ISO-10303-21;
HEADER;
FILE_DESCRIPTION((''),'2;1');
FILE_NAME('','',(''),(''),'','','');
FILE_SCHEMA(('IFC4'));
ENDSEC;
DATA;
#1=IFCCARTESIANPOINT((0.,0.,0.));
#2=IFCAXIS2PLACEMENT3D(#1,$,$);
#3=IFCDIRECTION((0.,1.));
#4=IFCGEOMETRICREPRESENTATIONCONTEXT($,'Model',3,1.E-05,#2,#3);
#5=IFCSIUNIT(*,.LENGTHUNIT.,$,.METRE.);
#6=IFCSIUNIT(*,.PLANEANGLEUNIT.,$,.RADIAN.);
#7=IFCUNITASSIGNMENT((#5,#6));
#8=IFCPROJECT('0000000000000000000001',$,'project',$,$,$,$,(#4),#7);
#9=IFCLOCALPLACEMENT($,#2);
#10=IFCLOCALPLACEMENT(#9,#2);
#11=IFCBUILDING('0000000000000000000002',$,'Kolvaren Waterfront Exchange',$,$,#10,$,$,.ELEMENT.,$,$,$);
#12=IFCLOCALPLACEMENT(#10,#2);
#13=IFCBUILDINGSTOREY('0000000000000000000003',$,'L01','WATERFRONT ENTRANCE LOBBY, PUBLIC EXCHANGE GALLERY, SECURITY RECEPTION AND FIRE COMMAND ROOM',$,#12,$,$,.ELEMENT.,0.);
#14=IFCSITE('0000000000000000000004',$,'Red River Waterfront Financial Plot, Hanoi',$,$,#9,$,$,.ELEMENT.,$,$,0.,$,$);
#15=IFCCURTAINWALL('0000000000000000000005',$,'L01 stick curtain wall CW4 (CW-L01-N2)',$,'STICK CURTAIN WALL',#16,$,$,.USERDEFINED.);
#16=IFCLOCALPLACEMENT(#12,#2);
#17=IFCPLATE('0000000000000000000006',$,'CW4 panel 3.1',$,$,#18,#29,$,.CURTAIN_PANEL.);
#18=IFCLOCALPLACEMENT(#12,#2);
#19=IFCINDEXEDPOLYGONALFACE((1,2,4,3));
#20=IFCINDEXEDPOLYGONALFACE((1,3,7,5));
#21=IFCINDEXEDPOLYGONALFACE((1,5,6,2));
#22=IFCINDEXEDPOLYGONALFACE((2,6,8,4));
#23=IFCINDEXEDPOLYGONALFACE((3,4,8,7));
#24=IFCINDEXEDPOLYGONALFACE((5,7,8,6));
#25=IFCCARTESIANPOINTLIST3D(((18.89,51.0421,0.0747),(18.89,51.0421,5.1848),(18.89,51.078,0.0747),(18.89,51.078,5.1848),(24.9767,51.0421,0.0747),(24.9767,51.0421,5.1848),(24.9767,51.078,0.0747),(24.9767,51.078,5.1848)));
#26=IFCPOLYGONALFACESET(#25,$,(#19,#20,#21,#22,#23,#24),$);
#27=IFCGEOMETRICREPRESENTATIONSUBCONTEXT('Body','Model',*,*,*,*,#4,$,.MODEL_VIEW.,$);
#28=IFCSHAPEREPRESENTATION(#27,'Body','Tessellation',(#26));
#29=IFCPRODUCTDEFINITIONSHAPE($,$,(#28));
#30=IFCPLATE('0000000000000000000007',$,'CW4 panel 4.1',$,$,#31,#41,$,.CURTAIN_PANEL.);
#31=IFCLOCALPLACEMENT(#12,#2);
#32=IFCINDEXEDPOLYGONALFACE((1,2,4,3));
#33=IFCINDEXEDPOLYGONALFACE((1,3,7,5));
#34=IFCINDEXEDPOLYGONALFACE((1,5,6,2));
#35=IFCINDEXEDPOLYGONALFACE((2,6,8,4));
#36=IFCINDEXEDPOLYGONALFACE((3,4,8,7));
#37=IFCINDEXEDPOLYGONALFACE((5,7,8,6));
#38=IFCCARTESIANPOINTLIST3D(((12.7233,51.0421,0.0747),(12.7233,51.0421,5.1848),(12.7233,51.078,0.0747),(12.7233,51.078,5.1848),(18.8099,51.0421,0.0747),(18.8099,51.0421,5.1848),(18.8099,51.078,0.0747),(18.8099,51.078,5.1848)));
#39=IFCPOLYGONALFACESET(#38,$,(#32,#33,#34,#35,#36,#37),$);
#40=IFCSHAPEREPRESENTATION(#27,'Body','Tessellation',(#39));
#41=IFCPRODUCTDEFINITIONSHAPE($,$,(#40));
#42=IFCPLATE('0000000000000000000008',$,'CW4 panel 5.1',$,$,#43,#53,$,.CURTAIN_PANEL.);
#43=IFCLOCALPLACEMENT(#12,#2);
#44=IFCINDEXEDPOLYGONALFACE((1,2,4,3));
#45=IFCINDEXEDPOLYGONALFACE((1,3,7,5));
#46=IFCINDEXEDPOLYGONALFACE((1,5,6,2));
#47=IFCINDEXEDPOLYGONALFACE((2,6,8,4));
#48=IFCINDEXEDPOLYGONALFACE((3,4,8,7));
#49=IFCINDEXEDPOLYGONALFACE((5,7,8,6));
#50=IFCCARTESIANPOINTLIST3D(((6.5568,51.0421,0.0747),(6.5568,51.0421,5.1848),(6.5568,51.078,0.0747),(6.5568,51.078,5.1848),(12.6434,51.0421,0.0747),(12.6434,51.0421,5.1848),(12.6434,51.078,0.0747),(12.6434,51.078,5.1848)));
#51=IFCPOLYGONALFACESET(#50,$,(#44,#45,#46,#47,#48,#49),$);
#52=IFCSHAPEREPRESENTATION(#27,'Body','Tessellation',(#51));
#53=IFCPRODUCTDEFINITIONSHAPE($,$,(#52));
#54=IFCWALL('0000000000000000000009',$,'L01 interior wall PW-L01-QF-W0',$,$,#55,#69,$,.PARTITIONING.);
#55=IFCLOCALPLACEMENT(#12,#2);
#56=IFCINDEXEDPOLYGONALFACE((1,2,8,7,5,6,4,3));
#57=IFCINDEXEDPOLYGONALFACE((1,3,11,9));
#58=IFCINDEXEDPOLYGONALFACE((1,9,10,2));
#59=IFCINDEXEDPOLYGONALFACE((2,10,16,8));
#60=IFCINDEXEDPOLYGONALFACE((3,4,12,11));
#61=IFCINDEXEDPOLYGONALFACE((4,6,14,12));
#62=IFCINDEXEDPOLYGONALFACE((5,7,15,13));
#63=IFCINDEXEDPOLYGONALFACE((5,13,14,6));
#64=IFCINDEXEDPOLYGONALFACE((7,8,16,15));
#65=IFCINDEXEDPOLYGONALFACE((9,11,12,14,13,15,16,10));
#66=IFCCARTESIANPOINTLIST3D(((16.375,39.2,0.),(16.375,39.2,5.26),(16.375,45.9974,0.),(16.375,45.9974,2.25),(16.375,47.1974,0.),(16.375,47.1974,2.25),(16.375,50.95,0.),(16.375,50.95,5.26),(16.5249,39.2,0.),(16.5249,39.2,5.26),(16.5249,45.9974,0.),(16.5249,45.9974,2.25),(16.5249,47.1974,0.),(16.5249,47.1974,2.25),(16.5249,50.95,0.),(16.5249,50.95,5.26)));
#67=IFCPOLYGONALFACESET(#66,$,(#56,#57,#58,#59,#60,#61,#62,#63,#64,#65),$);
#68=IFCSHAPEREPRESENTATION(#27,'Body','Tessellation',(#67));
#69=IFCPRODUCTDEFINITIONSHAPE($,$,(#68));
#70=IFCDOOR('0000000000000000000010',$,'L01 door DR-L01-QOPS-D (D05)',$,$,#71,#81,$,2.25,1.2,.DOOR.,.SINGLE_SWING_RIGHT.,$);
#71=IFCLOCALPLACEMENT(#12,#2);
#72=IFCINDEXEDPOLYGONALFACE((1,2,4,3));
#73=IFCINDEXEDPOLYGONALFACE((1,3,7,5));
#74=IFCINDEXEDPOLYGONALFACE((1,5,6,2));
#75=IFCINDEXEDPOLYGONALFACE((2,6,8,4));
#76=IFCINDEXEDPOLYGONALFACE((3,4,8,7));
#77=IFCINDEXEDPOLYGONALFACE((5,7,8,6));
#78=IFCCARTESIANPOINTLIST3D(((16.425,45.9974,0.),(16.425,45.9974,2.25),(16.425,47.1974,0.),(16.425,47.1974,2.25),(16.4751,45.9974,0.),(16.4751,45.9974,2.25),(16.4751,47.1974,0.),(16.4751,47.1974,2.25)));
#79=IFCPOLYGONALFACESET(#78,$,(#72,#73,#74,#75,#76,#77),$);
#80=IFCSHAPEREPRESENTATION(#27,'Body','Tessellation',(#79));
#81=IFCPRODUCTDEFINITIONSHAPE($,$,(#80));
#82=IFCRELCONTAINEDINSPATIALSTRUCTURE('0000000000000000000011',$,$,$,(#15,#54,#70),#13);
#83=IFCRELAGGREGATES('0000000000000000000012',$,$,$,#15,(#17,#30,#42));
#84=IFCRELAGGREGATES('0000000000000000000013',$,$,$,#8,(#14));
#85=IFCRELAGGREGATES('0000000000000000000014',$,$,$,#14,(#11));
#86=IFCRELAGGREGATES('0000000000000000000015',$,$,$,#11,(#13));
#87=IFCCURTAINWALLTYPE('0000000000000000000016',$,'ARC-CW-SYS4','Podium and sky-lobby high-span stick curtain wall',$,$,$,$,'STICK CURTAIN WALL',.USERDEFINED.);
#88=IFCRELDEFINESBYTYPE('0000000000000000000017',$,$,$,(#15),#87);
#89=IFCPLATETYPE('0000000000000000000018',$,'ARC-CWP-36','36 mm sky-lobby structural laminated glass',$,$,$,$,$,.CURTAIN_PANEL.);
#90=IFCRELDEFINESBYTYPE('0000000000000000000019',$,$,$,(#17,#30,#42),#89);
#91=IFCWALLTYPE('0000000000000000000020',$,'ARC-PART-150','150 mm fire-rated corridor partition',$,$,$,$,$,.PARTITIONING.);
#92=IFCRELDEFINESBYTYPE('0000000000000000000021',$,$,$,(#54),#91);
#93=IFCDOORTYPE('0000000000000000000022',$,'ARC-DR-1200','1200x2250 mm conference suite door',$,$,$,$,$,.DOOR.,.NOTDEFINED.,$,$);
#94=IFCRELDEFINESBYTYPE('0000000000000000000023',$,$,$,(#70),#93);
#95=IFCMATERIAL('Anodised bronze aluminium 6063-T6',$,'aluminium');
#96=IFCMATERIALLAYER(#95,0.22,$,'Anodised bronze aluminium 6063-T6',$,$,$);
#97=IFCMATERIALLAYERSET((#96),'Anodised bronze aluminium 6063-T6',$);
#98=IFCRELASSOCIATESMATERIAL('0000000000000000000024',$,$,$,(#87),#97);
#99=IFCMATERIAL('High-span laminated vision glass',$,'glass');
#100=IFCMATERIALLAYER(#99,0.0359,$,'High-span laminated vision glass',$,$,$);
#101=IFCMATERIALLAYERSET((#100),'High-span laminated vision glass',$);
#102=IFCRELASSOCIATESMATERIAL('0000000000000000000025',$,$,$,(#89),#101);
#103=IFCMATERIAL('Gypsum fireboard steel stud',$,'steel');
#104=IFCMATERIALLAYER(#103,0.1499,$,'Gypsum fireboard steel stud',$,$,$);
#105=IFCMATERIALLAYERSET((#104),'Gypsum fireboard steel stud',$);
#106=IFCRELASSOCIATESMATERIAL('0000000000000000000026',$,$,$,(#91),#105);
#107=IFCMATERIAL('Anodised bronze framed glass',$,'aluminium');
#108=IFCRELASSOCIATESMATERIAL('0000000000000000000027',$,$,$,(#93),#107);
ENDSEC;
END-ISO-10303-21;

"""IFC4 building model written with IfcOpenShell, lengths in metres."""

from ifc_helpers import new_model, si_unit, direction, frame, frame_2d, origin, origin_with_axes, origin_2d, place, context, subcontext, project, spatial, rectangle, extrude, source, transform, mapped, material, layer, layer_set, type_object, element, fill, aggregate, save


model = new_model("IFC4")

# Units and contexts
model_context = context("Model", 3, precision=1e-05, world=origin(), true_north=direction((0.0, 1.0)))
body_context = subcontext(model_context, "Body", "Model", "MODEL_VIEW")
ifc_project = project(units=[si_unit("LENGTHUNIT", "METRE"), si_unit("PLANEANGLEUNIT", "RADIAN")], contexts=[model_context])

# Site, building, storey
site_placement = place(None, origin())
site = spatial("IfcSite", under=ifc_project, at=site_placement, Name="Red River Waterfront Financial Plot, Hanoi", CompositionType="ELEMENT", RefElevation=0.0)
building_placement = place(site_placement, origin())
building = spatial("IfcBuilding", under=site, at=building_placement, Name="Kolvaren Waterfront Exchange", CompositionType="ELEMENT")
storey_placement = place(building_placement, origin())
storey = spatial("IfcBuildingStorey", under=building, at=storey_placement, Name="L01", Description="WATERFRONT ENTRANCE LOBBY, PUBLIC EXCHANGE GALLERY, SECURITY RECEPTION AND FIRE COMMAND ROOM", CompositionType="ELEMENT", Elevation=0.0)

# Curtain wall, plates
ifc_material_1 = material(Name="Anodised bronze aluminium 6063-T6", Category="aluminium")
ifc_layer_1 = layer(ifc_material_1, 0.22, Name="Anodised bronze aluminium 6063-T6")
ifc_layer_set_1 = layer_set([ifc_layer_1], Name="Anodised bronze aluminium 6063-T6")
curtain_wall_type = type_object("IfcCurtainWallType", Name="ARC-CW-SYS4", Description="Podium and sky-lobby high-span stick curtain wall", ElementType="STICK CURTAIN WALL", PredefinedType="USERDEFINED", material=ifc_layer_set_1)
curtain_wall_placement = place(storey_placement, origin())
curtain_wall = element("IfcCurtainWall", 1, at=curtain_wall_placement, inside=storey, type_object=curtain_wall_type, Name="L01 stick curtain wall CW4 (CW-L01-N2)", ObjectType="STICK CURTAIN WALL", PredefinedType="USERDEFINED")
ifc_material_2 = material(Name="High-span laminated vision glass", Category="glass")
ifc_layer_2 = layer(ifc_material_2, 0.0359, Name="High-span laminated vision glass")
ifc_layer_set_2 = layer_set([ifc_layer_2], Name="High-span laminated vision glass")
plate_type = type_object("IfcPlateType", Name="ARC-CWP-36", Description="36 mm sky-lobby structural laminated glass", PredefinedType="CURTAIN_PANEL", material=ifc_layer_set_2)
shared_shape_1 = source(origin_with_axes(), body_context, "Body", "SweptSolid", [
    extrude(rectangle(XDim=6.0867, YDim=0.0359, at=origin_2d()), origin(), (0.0, 0.0, 1.0), 5.1101),
])
plate_1_placement = place(storey_placement, frame((21.9333, 51.0601, 0.0747), z_axis=(0.0, 0.0, 1.0), x_axis=(-1.0, 0.0, 0.0)))
plate_1 = element("IfcPlate", 2, at=plate_1_placement, type_object=plate_type, Name="CW4 panel 3.1", PredefinedType="CURTAIN_PANEL", context=body_context, shape_type="MappedRepresentation", body=[
    mapped(shared_shape_1, transform((0.0, 0.0, 0.0), x_axis=(1.0, 0.0, 0.0), y_axis=(0.0, 1.0, 0.0), z_axis=(0.0, 0.0, 1.0), scale=1.0)),
])
plate_2_placement = place(storey_placement, frame((15.7666, 51.0601, 0.0747), z_axis=(0.0, 0.0, 1.0), x_axis=(-1.0, 0.0, 0.0)))
plate_2 = element("IfcPlate", 3, at=plate_2_placement, type_object=plate_type, Name="CW4 panel 4.1", PredefinedType="CURTAIN_PANEL", context=body_context, shape_type="MappedRepresentation", body=[
    mapped(shared_shape_1, transform((0.0, 0.0, 0.0), x_axis=(1.0, 0.0, 0.0), y_axis=(0.0, 1.0, 0.0), z_axis=(0.0, 0.0, 1.0), scale=1.0)),
])
plate_3_placement = place(storey_placement, frame((9.6001, 51.0601, 0.0747), z_axis=(0.0, 0.0, 1.0), x_axis=(-1.0, 0.0, 0.0)))
plate_3 = element("IfcPlate", 4, at=plate_3_placement, type_object=plate_type, Name="CW4 panel 5.1", PredefinedType="CURTAIN_PANEL", context=body_context, shape_type="MappedRepresentation", body=[
    mapped(shared_shape_1, transform((0.0, 0.0, 0.0), x_axis=(1.0, 0.0, 0.0), y_axis=(0.0, 1.0, 0.0), z_axis=(0.0, 0.0, 1.0), scale=1.0)),
])
aggregate(curtain_wall, [plate_1, plate_2, plate_3])

# Wall, opening, door
ifc_material_3 = material(Name="Gypsum fireboard steel stud", Category="steel")
ifc_layer_3 = layer(ifc_material_3, 0.1499, Name="Gypsum fireboard steel stud")
ifc_layer_set_3 = layer_set([ifc_layer_3], Name="Gypsum fireboard steel stud")
wall_type = type_object("IfcWallType", Name="ARC-PART-150", Description="150 mm fire-rated corridor partition", PredefinedType="PARTITIONING", material=ifc_layer_set_3)
wall_placement = place(storey_placement, frame((16.45, 39.2, 0.0), z_axis=(0.0, 0.0, 1.0), x_axis=(0.0, 1.0, 0.0)))
wall = element("IfcWall", 5, at=wall_placement, inside=storey, type_object=wall_type, Name="L01 interior wall PW-L01-QF-W0", PredefinedType="PARTITIONING", context=body_context, shape_type="SweptSolid", body=[
    extrude(rectangle(XDim=11.75, YDim=0.1499, at=frame_2d((5.875, 0.0))), origin(), (0.0, 0.0, 1.0), 5.26),
])
opening_placement = place(wall_placement, frame((6.7974, 0.0, 0.0)))
opening = element("IfcOpeningElement", 6, at=opening_placement, cuts=wall, PredefinedType="OPENING", context=body_context, shape_type="SweptSolid", body=[
    extrude(rectangle(XDim=1.2, YDim=2.25, at=frame_2d((0.6001, 1.125))), frame((0.0, 0.085, 0.0), z_axis=(0.0, -1.0, 0.0), x_axis=(1.0, 0.0, 0.0)), (0.0, 0.0, 1.0), 0.1699),
])
ifc_material_4 = material(Name="Anodised bronze framed glass", Category="aluminium")
door_type = type_object("IfcDoorType", Name="ARC-DR-1200", Description="1200x2250 mm conference suite door", OperationType="NOTDEFINED", PredefinedType="DOOR", material=ifc_material_4)
door_placement = place(opening_placement, origin())
door = element("IfcDoor", 7, at=door_placement, inside=storey, type_object=door_type, Name="L01 door DR-L01-QOPS-D (D05)", OperationType="SINGLE_SWING_RIGHT", OverallHeight=2.25, OverallWidth=1.2, PredefinedType="DOOR", context=body_context, shape_type="SweptSolid", body=[
    extrude(rectangle(XDim=1.2, YDim=2.25, at=frame_2d((0.6001, 1.125))), frame((0.0, 0.0249, 0.0), z_axis=(0.0, -1.0, 0.0), x_axis=(1.0, 0.0, 0.0)), (0.0, 0.0, 1.0), 0.05),
])
fill(opening, door)

save(model, "model.ifc")
